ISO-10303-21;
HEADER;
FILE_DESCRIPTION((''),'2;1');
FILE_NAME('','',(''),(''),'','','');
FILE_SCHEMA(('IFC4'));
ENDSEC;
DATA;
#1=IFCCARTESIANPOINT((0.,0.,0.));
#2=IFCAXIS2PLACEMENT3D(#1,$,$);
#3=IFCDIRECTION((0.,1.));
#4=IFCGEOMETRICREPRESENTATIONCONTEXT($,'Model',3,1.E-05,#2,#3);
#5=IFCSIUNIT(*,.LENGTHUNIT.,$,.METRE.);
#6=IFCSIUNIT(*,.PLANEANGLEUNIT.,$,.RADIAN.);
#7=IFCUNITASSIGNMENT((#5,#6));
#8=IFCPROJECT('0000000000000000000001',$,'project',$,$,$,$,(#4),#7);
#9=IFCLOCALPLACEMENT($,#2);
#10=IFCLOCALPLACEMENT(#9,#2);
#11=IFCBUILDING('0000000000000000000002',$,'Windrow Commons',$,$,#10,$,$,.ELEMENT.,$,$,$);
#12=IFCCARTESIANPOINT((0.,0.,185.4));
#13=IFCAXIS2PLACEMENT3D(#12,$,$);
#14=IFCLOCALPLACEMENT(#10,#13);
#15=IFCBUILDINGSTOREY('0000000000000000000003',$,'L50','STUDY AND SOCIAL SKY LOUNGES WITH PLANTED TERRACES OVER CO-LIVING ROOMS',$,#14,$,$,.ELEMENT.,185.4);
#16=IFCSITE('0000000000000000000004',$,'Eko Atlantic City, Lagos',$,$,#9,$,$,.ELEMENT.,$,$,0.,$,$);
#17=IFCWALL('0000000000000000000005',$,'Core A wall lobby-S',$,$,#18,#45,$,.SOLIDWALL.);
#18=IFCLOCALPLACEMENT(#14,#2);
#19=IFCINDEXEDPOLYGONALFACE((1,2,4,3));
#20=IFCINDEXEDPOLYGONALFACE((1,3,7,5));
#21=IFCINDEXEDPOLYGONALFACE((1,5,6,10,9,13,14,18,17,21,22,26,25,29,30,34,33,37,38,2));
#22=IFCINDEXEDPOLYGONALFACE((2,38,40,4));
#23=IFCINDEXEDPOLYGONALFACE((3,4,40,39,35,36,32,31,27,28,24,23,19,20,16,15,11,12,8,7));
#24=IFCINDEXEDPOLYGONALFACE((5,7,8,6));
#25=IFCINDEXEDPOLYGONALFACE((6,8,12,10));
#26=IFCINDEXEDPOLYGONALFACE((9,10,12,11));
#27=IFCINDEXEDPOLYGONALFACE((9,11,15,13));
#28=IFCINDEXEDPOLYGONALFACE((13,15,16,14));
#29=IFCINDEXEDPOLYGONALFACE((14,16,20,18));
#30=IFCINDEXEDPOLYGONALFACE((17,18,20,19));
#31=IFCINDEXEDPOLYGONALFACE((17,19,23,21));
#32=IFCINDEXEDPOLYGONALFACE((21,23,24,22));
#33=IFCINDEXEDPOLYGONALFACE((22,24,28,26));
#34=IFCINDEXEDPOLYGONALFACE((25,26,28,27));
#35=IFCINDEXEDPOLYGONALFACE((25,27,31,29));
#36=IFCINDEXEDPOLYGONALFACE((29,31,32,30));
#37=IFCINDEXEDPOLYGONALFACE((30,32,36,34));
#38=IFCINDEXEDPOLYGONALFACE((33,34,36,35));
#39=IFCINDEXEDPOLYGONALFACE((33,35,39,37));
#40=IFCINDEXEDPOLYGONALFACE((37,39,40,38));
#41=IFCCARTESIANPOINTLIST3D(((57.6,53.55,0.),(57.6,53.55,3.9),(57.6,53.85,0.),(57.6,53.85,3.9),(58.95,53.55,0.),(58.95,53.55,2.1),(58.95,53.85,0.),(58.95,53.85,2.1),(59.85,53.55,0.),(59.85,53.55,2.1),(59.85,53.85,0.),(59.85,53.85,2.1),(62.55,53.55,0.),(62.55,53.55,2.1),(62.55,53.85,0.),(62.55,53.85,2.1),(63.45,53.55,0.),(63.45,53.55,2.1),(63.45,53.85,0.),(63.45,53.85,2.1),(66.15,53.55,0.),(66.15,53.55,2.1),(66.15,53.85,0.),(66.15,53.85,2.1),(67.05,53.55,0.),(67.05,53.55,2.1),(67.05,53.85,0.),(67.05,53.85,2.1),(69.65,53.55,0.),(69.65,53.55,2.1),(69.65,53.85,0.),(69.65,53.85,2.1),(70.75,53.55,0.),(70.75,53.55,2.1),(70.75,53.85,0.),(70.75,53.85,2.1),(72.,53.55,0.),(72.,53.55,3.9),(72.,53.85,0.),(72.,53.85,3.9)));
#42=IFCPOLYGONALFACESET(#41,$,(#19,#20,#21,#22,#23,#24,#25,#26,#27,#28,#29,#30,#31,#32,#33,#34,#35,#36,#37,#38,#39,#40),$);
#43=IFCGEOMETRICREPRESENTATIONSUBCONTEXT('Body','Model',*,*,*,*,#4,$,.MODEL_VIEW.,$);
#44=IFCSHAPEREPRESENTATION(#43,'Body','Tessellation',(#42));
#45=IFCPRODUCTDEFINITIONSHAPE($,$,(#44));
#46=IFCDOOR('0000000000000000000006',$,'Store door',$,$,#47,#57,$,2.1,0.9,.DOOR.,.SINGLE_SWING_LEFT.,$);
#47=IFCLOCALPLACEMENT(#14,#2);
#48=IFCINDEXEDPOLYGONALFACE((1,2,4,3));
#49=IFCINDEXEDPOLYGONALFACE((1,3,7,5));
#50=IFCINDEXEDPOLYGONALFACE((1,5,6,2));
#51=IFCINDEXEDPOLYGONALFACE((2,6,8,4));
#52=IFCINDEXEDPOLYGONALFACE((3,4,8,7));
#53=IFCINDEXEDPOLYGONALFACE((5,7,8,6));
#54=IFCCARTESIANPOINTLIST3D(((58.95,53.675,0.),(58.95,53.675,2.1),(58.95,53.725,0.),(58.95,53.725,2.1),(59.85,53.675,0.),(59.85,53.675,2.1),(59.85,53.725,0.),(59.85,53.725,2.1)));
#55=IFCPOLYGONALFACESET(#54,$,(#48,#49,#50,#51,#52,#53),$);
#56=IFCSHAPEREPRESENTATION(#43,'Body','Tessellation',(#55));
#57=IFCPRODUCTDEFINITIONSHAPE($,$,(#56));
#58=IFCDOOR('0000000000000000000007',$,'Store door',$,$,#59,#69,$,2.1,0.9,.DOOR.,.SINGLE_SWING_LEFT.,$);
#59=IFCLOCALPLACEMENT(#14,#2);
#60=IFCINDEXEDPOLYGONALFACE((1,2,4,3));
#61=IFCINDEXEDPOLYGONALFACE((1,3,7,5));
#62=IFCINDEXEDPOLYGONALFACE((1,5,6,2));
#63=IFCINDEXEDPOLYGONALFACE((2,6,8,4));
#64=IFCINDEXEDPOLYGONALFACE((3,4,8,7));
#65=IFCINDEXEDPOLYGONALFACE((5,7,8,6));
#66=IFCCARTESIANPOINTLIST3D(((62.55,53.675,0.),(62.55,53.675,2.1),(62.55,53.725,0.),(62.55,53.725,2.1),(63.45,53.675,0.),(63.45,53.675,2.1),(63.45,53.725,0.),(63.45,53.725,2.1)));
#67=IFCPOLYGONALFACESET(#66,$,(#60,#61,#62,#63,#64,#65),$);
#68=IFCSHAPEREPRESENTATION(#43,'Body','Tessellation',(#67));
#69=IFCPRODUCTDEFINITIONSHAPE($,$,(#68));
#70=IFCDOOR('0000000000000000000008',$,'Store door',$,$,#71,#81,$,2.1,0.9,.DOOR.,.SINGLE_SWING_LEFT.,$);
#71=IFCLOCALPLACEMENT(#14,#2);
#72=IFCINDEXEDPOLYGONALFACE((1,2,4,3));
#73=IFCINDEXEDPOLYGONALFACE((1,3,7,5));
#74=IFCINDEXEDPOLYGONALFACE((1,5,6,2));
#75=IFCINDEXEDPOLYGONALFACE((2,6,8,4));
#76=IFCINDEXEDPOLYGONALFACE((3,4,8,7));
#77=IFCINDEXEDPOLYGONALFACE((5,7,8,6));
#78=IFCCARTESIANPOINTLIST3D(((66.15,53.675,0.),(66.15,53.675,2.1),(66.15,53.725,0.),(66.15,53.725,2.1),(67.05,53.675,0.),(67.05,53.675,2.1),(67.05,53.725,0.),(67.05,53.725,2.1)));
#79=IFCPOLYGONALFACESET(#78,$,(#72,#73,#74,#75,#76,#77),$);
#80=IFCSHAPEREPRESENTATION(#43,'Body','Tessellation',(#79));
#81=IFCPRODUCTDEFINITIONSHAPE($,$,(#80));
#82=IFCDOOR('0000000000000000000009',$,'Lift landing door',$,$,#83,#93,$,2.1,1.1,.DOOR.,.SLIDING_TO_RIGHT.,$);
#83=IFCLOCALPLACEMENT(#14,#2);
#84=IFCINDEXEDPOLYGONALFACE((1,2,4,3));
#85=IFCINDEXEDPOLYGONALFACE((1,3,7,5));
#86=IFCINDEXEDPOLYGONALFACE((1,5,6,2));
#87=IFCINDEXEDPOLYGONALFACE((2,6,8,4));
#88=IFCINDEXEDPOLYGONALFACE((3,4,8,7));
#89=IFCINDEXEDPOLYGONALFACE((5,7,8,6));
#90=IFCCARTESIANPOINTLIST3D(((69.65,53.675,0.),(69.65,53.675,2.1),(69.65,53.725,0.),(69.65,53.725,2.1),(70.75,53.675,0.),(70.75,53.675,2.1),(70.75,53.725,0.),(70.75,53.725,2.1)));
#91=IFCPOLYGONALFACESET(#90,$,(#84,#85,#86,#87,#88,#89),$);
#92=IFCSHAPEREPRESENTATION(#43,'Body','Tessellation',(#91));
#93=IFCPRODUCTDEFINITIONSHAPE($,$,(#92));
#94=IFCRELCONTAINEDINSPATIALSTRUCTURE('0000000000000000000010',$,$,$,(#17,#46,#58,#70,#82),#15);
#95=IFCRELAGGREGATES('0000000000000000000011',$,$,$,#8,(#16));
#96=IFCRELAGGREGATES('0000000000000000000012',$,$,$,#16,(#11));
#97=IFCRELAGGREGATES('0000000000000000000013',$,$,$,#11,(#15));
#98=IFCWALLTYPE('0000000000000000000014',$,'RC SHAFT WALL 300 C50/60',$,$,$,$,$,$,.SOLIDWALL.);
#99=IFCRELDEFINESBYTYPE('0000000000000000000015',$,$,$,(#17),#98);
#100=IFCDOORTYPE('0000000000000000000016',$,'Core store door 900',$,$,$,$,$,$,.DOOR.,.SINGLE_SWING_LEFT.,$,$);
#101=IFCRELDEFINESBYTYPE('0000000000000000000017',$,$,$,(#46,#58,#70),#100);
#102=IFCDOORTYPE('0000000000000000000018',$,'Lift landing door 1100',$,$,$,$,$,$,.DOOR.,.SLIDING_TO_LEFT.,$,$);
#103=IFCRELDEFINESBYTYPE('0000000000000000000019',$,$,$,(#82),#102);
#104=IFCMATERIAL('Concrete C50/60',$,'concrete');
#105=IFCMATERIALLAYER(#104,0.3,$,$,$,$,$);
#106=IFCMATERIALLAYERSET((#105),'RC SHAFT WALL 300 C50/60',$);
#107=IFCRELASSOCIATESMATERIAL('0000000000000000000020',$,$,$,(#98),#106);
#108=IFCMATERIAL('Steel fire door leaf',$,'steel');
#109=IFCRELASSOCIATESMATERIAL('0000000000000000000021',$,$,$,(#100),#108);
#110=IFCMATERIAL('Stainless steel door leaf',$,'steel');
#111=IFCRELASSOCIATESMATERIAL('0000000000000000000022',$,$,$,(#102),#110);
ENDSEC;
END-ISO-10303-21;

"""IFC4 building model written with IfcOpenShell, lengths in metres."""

from ifc_helpers import new_model, si_unit, direction, frame, frame_2d, origin, place, context, subcontext, project, spatial, rectangle, extrude, material, layer, layer_set, type_object, element, fill, save


model = new_model("IFC4")

# Units and contexts
model_context = context("Model", 3, precision=1e-05, world=origin(), true_north=direction((0.0, 1.0)))
body_context = subcontext(model_context, "Body", "Model", "MODEL_VIEW")
ifc_project = project(units=[si_unit("LENGTHUNIT", "METRE"), si_unit("PLANEANGLEUNIT", "RADIAN")], contexts=[model_context])

# Site, building, storey
site_placement = place(None, origin())
site = spatial("IfcSite", under=ifc_project, at=site_placement, Name="Eko Atlantic City, Lagos", CompositionType="ELEMENT", RefElevation=0.0)
building_placement = place(site_placement, origin())
building = spatial("IfcBuilding", under=site, at=building_placement, Name="Windrow Commons", CompositionType="ELEMENT")
storey_placement = place(building_placement, frame((0.0, 0.0, 185.4)))
storey = spatial("IfcBuildingStorey", under=building, at=storey_placement, Name="L50", Description="STUDY AND SOCIAL SKY LOUNGES WITH PLANTED TERRACES OVER CO-LIVING ROOMS", CompositionType="ELEMENT", Elevation=185.4)

# Shared definitions
ifc_material_1 = material(Name="Concrete C50/60", Category="concrete")
ifc_layer_1 = layer(ifc_material_1, 0.3)
ifc_layer_set_1 = layer_set([ifc_layer_1], Name="RC SHAFT WALL 300 C50/60")
wall_type_1 = type_object("IfcWallType", Name="RC SHAFT WALL 300 C50/60", PredefinedType="SOLIDWALL", material=ifc_layer_set_1)

# Wall, openings, doors
wall_1_placement = place(storey_placement, frame((57.6, 53.7, 0.0), z_axis=(0.0, 0.0, 1.0), x_axis=(1.0, 0.0, 0.0)))
wall_1 = element("IfcWall", 1, at=wall_1_placement, inside=storey, type_object=wall_type_1, Name="Core A wall lobby-S", PredefinedType="SOLIDWALL", context=body_context, shape_type="SweptSolid", body=[
    extrude(rectangle(XDim=14.4, YDim=0.3, at=frame_2d((7.2, 0.0))), origin(), (0.0, 0.0, 1.0), 3.9),
])
opening_1_placement = place(wall_1_placement, frame((1.35, 0.0, 0.0)))
opening_1 = element("IfcOpeningElement", 2, at=opening_1_placement, cuts=wall_1, PredefinedType="OPENING", context=body_context, shape_type="SweptSolid", body=[
    extrude(rectangle(XDim=0.9, YDim=2.1, at=frame_2d((0.45, 1.05))), frame((0.0, 0.16, 0.0), z_axis=(0.0, -1.0, 0.0), x_axis=(1.0, 0.0, 0.0)), (0.0, 0.0, 1.0), 0.32),
])
opening_2_placement = place(wall_1_placement, frame((4.95, 0.0, 0.0)))
opening_2 = element("IfcOpeningElement", 3, at=opening_2_placement, cuts=wall_1, PredefinedType="OPENING", context=body_context, shape_type="SweptSolid", body=[
    extrude(rectangle(XDim=0.9, YDim=2.1, at=frame_2d((0.45, 1.05))), frame((0.0, 0.16, 0.0), z_axis=(0.0, -1.0, 0.0), x_axis=(1.0, 0.0, 0.0)), (0.0, 0.0, 1.0), 0.32),
])
opening_3_placement = place(wall_1_placement, frame((8.55, 0.0, 0.0)))
opening_3 = element("IfcOpeningElement", 4, at=opening_3_placement, cuts=wall_1, PredefinedType="OPENING", context=body_context, shape_type="SweptSolid", body=[
    extrude(rectangle(XDim=0.9, YDim=2.1, at=frame_2d((0.45, 1.05))), frame((0.0, 0.16, 0.0), z_axis=(0.0, -1.0, 0.0), x_axis=(1.0, 0.0, 0.0)), (0.0, 0.0, 1.0), 0.32),
])
opening_4_placement = place(wall_1_placement, frame((12.05, 0.0, 0.0)))
opening_4 = element("IfcOpeningElement", 5, at=opening_4_placement, cuts=wall_1, PredefinedType="OPENING", context=body_context, shape_type="SweptSolid", body=[
    extrude(rectangle(XDim=1.1, YDim=2.1, at=frame_2d((0.55, 1.05))), frame((0.0, 0.16, 0.0), z_axis=(0.0, -1.0, 0.0), x_axis=(1.0, 0.0, 0.0)), (0.0, 0.0, 1.0), 0.32),
])
ifc_material_2 = material(Name="Steel fire door leaf", Category="steel")
door_type_1 = type_object("IfcDoorType", Name="Core store door 900", OperationType="SINGLE_SWING_LEFT", PredefinedType="DOOR", material=ifc_material_2)
door_1_placement = place(opening_1_placement, origin())
door_1 = element("IfcDoor", 6, at=door_1_placement, inside=storey, type_object=door_type_1, Name="Store door", OperationType="SINGLE_SWING_LEFT", OverallHeight=2.1, OverallWidth=0.9, PredefinedType="DOOR", context=body_context, shape_type="SweptSolid", body=[
    extrude(rectangle(XDim=0.9, YDim=2.1, at=frame_2d((0.45, 1.05))), frame((0.0, 0.025, 0.0), z_axis=(0.0, -1.0, 0.0), x_axis=(1.0, 0.0, 0.0)), (0.0, 0.0, 1.0), 0.05),
])
fill(opening_1, door_1)
door_2_placement = place(opening_2_placement, origin())
door_2 = element("IfcDoor", 7, at=door_2_placement, inside=storey, type_object=door_type_1, Name="Store door", OperationType="SINGLE_SWING_LEFT", OverallHeight=2.1, OverallWidth=0.9, PredefinedType="DOOR", context=body_context, shape_type="SweptSolid", body=[
    extrude(rectangle(XDim=0.9, YDim=2.1, at=frame_2d((0.45, 1.05))), frame((0.0, 0.025, 0.0), z_axis=(0.0, -1.0, 0.0), x_axis=(1.0, 0.0, 0.0)), (0.0, 0.0, 1.0), 0.05),
])
fill(opening_2, door_2)
door_3_placement = place(opening_3_placement, origin())
door_3 = element("IfcDoor", 8, at=door_3_placement, inside=storey, type_object=door_type_1, Name="Store door", OperationType="SINGLE_SWING_LEFT", OverallHeight=2.1, OverallWidth=0.9, PredefinedType="DOOR", context=body_context, shape_type="SweptSolid", body=[
    extrude(rectangle(XDim=0.9, YDim=2.1, at=frame_2d((0.45, 1.05))), frame((0.0, 0.025, 0.0), z_axis=(0.0, -1.0, 0.0), x_axis=(1.0, 0.0, 0.0)), (0.0, 0.0, 1.0), 0.05),
])
fill(opening_3, door_3)
ifc_material_3 = material(Name="Stainless steel door leaf", Category="steel")
door_type_2 = type_object("IfcDoorType", Name="Lift landing door 1100", OperationType="SLIDING_TO_LEFT", PredefinedType="DOOR", material=ifc_material_3)
door_4_placement = place(opening_4_placement, origin())
door_4 = element("IfcDoor", 9, at=door_4_placement, inside=storey, type_object=door_type_2, Name="Lift landing door", OperationType="SLIDING_TO_RIGHT", OverallHeight=2.1, OverallWidth=1.1, PredefinedType="DOOR", context=body_context, shape_type="SweptSolid", body=[
    extrude(rectangle(XDim=1.1, YDim=2.1, at=frame_2d((0.55, 1.05))), frame((0.0, 0.025, 0.0), z_axis=(0.0, -1.0, 0.0), x_axis=(1.0, 0.0, 0.0)), (0.0, 0.0, 1.0), 0.05),
])
fill(opening_4, door_4)

save(model, "model.ifc")
